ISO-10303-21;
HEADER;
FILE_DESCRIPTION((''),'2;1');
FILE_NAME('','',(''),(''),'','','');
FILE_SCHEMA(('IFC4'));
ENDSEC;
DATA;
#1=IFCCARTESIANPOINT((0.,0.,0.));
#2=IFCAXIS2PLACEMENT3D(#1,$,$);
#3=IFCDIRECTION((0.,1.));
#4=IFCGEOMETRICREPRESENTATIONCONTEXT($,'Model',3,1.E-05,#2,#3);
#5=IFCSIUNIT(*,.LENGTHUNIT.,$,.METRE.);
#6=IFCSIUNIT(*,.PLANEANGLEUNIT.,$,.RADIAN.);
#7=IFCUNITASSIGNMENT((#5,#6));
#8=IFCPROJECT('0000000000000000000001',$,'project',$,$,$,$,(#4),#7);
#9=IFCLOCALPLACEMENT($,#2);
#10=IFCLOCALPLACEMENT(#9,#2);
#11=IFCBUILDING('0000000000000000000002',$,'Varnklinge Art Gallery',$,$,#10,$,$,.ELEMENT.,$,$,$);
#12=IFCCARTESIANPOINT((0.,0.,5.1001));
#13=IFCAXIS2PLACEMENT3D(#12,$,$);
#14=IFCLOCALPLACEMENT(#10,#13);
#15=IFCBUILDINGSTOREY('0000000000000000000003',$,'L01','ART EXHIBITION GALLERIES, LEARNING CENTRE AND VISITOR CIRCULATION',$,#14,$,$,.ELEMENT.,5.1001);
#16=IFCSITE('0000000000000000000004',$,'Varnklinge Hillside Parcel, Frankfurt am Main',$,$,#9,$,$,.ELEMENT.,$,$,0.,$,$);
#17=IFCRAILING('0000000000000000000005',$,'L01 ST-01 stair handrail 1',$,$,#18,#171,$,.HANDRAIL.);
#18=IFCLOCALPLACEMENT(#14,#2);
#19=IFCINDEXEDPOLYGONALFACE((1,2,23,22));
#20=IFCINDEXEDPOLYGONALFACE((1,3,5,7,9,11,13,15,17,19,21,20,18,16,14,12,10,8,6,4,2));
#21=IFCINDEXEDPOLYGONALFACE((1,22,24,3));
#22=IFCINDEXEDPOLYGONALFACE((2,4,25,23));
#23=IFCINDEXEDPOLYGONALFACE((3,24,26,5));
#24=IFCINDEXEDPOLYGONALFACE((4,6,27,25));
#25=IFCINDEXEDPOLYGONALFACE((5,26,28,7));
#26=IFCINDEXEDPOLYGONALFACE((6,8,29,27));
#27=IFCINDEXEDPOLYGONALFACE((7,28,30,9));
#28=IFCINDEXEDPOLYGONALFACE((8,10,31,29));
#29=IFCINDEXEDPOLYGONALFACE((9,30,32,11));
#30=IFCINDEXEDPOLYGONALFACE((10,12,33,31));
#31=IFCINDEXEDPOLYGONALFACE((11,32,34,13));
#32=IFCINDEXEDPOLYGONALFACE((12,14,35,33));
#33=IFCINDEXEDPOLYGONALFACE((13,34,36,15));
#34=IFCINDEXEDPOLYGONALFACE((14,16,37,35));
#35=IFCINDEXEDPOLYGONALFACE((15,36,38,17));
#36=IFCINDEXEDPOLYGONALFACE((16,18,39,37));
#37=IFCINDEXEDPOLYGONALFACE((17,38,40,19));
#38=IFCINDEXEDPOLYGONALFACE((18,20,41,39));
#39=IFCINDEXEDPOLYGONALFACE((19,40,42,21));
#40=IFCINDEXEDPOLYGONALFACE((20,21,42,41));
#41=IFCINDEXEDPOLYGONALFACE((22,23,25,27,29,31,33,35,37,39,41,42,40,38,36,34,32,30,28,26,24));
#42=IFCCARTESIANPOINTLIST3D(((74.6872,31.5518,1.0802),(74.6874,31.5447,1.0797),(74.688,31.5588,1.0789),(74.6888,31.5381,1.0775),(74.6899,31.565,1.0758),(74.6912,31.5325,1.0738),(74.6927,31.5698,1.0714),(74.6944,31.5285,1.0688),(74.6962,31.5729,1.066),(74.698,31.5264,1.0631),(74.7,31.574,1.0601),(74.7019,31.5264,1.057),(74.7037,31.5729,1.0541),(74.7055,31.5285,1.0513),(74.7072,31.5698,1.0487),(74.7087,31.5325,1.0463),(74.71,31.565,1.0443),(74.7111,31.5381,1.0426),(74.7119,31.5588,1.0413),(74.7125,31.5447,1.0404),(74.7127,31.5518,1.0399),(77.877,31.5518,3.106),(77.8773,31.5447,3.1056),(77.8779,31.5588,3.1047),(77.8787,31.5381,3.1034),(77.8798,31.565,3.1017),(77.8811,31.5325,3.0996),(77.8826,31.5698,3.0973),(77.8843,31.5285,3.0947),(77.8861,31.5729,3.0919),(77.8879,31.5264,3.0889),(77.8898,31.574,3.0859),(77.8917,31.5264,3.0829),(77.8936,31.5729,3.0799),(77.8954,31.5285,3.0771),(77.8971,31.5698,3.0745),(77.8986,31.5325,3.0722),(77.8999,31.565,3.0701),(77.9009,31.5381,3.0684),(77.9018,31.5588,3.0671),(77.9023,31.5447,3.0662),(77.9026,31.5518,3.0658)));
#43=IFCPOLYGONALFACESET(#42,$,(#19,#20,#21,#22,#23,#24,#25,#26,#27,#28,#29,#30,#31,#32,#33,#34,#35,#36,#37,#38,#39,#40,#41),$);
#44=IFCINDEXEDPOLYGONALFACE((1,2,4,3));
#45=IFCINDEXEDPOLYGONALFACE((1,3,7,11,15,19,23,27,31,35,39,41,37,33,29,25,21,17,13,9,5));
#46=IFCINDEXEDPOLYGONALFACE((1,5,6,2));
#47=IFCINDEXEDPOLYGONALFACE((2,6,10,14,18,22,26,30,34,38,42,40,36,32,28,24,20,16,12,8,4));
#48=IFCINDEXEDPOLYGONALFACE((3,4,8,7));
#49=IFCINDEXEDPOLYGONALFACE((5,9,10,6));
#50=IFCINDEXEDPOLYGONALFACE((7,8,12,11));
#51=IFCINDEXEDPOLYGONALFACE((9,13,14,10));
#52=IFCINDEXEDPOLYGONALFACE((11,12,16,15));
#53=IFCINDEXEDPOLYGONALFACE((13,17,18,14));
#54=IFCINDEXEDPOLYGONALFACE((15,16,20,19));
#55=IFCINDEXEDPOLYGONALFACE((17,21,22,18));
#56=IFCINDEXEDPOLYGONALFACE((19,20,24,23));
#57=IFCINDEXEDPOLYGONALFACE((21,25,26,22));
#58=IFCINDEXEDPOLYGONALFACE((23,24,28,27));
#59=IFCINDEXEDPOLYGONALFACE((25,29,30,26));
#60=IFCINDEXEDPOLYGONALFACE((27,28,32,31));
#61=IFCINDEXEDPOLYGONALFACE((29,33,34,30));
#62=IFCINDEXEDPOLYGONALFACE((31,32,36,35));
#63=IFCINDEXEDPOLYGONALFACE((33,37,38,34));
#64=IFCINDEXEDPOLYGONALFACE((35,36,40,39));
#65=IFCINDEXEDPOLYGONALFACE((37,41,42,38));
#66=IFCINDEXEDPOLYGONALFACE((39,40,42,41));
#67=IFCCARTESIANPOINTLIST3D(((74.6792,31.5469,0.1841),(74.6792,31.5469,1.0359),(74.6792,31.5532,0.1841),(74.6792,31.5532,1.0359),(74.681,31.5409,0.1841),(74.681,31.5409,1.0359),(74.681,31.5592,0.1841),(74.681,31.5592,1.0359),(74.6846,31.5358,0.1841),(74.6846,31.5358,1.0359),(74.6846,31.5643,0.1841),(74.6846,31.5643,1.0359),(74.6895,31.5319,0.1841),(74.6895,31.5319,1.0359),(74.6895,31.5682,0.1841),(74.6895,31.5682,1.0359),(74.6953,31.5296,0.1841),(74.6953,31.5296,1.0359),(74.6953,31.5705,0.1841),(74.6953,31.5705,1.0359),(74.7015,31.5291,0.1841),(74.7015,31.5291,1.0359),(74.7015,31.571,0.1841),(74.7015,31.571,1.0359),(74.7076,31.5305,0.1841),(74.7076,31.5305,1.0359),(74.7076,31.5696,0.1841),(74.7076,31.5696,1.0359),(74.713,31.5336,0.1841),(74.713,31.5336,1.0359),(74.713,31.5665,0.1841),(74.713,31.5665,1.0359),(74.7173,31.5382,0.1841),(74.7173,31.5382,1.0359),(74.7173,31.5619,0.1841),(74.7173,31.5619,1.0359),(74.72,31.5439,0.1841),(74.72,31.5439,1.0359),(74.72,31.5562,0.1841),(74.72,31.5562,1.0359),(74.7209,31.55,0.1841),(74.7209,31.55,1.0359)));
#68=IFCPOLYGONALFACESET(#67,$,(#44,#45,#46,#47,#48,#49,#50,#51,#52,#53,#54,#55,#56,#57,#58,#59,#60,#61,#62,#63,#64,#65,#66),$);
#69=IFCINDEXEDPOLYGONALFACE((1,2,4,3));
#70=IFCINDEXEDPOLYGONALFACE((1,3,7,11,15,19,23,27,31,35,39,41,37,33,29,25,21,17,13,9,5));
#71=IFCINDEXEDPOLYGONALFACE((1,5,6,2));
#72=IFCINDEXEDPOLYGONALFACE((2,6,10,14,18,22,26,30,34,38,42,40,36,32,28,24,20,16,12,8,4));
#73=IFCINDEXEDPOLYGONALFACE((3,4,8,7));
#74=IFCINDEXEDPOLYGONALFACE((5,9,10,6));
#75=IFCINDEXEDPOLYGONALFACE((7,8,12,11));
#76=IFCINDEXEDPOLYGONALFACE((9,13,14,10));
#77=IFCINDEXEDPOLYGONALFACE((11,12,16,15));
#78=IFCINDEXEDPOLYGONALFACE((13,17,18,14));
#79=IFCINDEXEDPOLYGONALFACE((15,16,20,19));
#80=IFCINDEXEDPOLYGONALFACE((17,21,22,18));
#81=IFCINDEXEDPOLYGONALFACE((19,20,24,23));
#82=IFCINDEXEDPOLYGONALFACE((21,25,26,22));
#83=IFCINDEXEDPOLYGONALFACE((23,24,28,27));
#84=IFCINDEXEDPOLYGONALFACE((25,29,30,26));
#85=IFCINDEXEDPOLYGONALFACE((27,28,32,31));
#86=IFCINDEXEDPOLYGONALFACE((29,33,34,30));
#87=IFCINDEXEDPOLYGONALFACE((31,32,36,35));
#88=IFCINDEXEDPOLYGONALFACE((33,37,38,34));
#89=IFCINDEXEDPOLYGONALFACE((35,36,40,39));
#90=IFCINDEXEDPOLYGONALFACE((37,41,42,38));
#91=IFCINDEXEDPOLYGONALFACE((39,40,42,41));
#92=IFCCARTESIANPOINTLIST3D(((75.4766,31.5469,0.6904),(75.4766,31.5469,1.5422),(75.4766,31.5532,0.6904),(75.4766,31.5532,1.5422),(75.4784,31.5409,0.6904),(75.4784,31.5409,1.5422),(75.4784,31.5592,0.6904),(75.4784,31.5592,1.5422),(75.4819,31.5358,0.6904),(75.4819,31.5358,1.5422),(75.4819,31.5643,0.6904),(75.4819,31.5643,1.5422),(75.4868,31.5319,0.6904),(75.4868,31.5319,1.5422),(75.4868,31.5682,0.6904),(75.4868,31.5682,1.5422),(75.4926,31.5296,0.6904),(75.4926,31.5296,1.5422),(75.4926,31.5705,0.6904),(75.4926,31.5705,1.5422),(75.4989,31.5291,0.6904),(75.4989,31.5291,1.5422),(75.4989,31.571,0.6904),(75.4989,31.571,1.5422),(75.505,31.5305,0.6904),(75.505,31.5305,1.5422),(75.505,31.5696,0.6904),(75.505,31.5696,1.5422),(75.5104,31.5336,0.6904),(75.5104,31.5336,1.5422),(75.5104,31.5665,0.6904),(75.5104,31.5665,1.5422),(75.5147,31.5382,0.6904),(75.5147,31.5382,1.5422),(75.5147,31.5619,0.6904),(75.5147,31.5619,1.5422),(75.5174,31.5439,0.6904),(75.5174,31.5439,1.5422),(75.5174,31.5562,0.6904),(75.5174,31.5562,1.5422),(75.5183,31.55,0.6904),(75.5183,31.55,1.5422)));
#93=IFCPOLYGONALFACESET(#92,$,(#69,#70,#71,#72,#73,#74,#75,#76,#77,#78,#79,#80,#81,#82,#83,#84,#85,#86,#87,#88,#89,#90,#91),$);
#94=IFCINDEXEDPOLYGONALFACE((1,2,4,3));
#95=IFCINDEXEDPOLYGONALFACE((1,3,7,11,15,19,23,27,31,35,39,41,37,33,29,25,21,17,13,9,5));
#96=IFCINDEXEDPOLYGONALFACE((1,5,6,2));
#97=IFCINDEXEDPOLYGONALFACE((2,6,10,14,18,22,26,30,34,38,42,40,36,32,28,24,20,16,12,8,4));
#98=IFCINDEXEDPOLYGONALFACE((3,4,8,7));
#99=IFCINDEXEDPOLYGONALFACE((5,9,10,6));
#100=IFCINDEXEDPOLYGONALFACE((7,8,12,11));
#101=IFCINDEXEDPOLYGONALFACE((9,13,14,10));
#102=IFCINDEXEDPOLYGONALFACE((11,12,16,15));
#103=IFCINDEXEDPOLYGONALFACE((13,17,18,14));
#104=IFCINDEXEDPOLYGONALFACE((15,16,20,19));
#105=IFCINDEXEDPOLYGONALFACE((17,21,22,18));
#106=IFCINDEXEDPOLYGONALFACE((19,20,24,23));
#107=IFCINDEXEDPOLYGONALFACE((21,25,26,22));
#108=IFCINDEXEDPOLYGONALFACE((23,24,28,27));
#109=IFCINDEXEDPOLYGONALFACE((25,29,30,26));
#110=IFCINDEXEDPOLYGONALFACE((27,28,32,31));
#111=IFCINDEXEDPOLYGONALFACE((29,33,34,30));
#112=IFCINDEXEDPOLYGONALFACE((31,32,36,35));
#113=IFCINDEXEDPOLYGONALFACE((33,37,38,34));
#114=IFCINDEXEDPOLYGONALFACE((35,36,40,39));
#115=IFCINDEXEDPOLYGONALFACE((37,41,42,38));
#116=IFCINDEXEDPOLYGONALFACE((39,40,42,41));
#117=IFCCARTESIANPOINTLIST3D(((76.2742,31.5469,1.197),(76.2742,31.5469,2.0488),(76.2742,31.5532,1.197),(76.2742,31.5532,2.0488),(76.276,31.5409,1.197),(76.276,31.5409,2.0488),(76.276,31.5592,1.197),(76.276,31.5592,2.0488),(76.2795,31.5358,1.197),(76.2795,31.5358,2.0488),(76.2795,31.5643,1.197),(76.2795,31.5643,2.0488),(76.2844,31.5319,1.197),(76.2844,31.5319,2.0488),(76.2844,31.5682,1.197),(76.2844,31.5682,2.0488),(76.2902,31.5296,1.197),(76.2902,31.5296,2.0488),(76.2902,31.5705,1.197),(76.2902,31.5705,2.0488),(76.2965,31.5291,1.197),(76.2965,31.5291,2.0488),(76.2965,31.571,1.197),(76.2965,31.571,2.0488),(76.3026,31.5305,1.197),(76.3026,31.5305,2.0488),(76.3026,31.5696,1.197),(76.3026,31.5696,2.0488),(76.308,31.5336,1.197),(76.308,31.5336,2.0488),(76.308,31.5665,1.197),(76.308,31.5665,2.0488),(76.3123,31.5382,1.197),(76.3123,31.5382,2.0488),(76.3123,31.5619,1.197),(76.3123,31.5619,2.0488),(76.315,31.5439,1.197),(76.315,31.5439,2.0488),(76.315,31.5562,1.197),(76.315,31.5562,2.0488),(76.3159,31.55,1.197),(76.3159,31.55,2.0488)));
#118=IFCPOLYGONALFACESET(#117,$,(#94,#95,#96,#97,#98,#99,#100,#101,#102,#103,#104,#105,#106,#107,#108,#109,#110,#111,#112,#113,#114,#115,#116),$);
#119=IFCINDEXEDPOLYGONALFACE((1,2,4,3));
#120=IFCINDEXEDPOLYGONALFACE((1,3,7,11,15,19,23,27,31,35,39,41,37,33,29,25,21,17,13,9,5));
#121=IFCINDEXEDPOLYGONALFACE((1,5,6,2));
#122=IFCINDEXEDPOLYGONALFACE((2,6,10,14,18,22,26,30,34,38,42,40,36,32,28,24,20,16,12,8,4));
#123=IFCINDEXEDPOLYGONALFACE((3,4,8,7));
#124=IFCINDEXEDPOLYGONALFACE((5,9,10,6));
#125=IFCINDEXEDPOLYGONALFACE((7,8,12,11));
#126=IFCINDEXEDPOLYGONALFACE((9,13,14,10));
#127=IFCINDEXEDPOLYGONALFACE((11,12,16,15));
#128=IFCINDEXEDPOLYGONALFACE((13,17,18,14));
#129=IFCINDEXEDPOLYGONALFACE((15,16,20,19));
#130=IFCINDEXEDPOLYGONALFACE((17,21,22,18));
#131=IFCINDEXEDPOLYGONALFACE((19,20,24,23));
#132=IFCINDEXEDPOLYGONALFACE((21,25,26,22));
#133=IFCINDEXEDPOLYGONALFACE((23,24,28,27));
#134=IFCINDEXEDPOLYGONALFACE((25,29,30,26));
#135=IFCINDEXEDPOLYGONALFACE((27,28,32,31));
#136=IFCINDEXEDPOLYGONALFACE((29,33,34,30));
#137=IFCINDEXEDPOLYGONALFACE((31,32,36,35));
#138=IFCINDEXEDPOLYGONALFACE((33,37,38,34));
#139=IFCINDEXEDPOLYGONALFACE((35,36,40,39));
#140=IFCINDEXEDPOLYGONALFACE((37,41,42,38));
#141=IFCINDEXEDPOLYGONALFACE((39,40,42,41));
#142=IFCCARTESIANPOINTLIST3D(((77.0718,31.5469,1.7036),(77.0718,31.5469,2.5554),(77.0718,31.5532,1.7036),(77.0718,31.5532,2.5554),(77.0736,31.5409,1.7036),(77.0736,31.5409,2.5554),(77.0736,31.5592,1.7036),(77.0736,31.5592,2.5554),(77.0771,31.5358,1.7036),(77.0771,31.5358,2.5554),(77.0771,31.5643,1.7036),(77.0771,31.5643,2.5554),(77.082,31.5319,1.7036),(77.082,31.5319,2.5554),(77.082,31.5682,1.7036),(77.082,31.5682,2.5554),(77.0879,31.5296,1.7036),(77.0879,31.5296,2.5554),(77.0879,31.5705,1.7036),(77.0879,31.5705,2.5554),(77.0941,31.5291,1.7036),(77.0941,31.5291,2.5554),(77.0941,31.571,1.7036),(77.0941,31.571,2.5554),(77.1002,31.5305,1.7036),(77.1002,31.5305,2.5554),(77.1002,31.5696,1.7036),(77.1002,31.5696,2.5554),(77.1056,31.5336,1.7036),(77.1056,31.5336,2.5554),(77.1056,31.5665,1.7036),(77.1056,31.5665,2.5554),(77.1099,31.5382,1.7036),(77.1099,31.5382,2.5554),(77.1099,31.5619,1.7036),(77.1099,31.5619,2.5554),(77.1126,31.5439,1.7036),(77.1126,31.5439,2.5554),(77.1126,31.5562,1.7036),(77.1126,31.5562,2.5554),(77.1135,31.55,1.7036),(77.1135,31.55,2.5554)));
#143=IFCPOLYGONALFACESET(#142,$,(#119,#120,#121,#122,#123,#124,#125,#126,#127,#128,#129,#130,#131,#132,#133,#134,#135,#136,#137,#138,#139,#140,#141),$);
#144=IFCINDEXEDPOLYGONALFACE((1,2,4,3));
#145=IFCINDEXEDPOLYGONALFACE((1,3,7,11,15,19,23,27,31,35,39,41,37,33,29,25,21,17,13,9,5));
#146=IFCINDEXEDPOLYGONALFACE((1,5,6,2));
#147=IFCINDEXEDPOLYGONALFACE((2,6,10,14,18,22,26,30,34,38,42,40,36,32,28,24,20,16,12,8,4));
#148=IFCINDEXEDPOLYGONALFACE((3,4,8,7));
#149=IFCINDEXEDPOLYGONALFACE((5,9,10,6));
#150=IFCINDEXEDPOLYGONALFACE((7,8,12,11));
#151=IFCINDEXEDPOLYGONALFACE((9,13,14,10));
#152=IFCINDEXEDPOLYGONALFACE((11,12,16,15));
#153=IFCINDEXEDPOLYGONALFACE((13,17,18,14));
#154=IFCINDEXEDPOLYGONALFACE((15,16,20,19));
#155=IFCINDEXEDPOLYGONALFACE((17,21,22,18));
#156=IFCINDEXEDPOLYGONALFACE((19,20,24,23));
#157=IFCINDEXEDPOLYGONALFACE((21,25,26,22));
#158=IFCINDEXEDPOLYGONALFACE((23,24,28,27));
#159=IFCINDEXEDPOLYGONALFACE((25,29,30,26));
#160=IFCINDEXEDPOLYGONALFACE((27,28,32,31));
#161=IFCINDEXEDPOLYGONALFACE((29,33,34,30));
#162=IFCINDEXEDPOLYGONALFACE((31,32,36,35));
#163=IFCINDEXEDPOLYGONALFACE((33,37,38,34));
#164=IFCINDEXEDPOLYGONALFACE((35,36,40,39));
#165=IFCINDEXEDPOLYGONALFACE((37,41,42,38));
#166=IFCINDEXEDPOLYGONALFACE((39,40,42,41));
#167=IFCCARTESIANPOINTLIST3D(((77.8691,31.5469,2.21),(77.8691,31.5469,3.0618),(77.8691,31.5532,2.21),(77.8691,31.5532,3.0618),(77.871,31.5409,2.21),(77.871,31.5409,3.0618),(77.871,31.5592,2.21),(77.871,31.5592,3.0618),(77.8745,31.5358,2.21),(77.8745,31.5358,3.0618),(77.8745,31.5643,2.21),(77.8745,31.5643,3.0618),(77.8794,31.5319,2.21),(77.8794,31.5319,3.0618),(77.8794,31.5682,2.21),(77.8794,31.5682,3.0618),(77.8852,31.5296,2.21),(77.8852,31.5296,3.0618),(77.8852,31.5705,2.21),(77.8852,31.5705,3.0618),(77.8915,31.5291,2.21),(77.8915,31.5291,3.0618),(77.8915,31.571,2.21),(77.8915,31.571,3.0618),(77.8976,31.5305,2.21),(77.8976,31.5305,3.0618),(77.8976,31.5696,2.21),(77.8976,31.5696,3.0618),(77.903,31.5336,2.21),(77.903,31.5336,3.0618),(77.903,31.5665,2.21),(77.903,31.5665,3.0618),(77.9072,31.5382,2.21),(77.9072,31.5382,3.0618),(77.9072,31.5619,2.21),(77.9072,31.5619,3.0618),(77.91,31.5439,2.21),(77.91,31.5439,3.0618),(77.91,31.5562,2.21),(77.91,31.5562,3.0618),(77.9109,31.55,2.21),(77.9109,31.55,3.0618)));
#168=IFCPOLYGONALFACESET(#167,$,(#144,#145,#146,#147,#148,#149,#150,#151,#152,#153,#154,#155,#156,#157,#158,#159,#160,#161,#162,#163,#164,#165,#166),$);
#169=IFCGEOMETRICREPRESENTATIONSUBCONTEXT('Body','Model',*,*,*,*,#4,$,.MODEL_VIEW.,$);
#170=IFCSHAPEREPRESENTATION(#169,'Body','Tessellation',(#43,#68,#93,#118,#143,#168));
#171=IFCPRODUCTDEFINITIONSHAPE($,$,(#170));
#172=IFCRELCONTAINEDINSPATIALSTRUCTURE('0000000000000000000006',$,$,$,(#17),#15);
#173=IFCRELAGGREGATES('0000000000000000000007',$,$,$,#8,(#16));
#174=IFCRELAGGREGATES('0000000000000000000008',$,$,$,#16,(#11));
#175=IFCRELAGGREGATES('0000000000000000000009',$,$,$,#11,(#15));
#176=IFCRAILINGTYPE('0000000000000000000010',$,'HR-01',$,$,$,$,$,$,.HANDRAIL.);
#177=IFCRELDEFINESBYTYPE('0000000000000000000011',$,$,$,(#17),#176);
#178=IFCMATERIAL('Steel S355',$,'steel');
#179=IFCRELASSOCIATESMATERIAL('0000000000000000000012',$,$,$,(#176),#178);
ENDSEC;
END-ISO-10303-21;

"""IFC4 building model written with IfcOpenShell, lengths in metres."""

from ifc_helpers import new_model, si_unit, direction, frame, origin, origin_2d, place, context, subcontext, project, spatial, circle, extrude, material, type_object, element, save


model = new_model("IFC4")

# Units and contexts
model_context = context("Model", 3, precision=1e-05, world=origin(), true_north=direction((0.0, 1.0)))
body_context = subcontext(model_context, "Body", "Model", "MODEL_VIEW")
ifc_project = project(units=[si_unit("LENGTHUNIT", "METRE"), si_unit("PLANEANGLEUNIT", "RADIAN")], contexts=[model_context])

# Site, building, storey
site_placement = place(None, origin())
site = spatial("IfcSite", under=ifc_project, at=site_placement, Name="Varnklinge Hillside Parcel, Frankfurt am Main", CompositionType="ELEMENT", RefElevation=0.0)
building_placement = place(site_placement, origin())
building = spatial("IfcBuilding", under=site, at=building_placement, Name="Varnklinge Art Gallery", CompositionType="ELEMENT")
storey_placement = place(building_placement, frame((0.0, 0.0, 5.1001)))
storey = spatial("IfcBuildingStorey", under=building, at=storey_placement, Name="L01", Description="ART EXHIBITION GALLERIES, LEARNING CENTRE AND VISITOR CIRCULATION", CompositionType="ELEMENT", Elevation=5.1001)

# Railing
ifc_material_1 = material(Name="Steel S355", Category="steel")
railing_type_1 = type_object("IfcRailingType", Name="HR-01", PredefinedType="HANDRAIL", material=ifc_material_1)
railing_1_placement = place(storey_placement, frame((74.7, 31.55, 0.1841)))
element("IfcRailing", 1, at=railing_1_placement, inside=storey, type_object=railing_type_1, Name="L01 ST-01 stair handrail 1", PredefinedType="HANDRAIL", context=body_context, shape_type="SweptSolid", body=[
    extrude(circle(Radius=0.0239, at=origin_2d()), frame((0.0, 0.0, 0.876), z_axis=(0.844151, 0.0, 0.536106), x_axis=(0.0, 1.0, 0.0)), (0.0, 0.0, 1.0), 3.7788),
    extrude(circle(Radius=0.021, at=origin_2d()), origin(), (0.0, 0.0, 1.0), 0.8518),
    extrude(circle(Radius=0.021, at=origin_2d()), frame((0.7974, 0.0, 0.5063)), (0.0, 0.0, 1.0), 0.8518),
    extrude(circle(Radius=0.021, at=origin_2d()), frame((1.595, 0.0, 1.0129)), (0.0, 0.0, 1.0), 0.8518),
    extrude(circle(Radius=0.021, at=origin_2d()), frame((2.3926, 0.0, 1.5195)), (0.0, 0.0, 1.0), 0.8518),
    extrude(circle(Radius=0.021, at=origin_2d()), frame((3.1899, 0.0, 2.0259)), (0.0, 0.0, 1.0), 0.8518),
])

save(model, "model.ifc")
